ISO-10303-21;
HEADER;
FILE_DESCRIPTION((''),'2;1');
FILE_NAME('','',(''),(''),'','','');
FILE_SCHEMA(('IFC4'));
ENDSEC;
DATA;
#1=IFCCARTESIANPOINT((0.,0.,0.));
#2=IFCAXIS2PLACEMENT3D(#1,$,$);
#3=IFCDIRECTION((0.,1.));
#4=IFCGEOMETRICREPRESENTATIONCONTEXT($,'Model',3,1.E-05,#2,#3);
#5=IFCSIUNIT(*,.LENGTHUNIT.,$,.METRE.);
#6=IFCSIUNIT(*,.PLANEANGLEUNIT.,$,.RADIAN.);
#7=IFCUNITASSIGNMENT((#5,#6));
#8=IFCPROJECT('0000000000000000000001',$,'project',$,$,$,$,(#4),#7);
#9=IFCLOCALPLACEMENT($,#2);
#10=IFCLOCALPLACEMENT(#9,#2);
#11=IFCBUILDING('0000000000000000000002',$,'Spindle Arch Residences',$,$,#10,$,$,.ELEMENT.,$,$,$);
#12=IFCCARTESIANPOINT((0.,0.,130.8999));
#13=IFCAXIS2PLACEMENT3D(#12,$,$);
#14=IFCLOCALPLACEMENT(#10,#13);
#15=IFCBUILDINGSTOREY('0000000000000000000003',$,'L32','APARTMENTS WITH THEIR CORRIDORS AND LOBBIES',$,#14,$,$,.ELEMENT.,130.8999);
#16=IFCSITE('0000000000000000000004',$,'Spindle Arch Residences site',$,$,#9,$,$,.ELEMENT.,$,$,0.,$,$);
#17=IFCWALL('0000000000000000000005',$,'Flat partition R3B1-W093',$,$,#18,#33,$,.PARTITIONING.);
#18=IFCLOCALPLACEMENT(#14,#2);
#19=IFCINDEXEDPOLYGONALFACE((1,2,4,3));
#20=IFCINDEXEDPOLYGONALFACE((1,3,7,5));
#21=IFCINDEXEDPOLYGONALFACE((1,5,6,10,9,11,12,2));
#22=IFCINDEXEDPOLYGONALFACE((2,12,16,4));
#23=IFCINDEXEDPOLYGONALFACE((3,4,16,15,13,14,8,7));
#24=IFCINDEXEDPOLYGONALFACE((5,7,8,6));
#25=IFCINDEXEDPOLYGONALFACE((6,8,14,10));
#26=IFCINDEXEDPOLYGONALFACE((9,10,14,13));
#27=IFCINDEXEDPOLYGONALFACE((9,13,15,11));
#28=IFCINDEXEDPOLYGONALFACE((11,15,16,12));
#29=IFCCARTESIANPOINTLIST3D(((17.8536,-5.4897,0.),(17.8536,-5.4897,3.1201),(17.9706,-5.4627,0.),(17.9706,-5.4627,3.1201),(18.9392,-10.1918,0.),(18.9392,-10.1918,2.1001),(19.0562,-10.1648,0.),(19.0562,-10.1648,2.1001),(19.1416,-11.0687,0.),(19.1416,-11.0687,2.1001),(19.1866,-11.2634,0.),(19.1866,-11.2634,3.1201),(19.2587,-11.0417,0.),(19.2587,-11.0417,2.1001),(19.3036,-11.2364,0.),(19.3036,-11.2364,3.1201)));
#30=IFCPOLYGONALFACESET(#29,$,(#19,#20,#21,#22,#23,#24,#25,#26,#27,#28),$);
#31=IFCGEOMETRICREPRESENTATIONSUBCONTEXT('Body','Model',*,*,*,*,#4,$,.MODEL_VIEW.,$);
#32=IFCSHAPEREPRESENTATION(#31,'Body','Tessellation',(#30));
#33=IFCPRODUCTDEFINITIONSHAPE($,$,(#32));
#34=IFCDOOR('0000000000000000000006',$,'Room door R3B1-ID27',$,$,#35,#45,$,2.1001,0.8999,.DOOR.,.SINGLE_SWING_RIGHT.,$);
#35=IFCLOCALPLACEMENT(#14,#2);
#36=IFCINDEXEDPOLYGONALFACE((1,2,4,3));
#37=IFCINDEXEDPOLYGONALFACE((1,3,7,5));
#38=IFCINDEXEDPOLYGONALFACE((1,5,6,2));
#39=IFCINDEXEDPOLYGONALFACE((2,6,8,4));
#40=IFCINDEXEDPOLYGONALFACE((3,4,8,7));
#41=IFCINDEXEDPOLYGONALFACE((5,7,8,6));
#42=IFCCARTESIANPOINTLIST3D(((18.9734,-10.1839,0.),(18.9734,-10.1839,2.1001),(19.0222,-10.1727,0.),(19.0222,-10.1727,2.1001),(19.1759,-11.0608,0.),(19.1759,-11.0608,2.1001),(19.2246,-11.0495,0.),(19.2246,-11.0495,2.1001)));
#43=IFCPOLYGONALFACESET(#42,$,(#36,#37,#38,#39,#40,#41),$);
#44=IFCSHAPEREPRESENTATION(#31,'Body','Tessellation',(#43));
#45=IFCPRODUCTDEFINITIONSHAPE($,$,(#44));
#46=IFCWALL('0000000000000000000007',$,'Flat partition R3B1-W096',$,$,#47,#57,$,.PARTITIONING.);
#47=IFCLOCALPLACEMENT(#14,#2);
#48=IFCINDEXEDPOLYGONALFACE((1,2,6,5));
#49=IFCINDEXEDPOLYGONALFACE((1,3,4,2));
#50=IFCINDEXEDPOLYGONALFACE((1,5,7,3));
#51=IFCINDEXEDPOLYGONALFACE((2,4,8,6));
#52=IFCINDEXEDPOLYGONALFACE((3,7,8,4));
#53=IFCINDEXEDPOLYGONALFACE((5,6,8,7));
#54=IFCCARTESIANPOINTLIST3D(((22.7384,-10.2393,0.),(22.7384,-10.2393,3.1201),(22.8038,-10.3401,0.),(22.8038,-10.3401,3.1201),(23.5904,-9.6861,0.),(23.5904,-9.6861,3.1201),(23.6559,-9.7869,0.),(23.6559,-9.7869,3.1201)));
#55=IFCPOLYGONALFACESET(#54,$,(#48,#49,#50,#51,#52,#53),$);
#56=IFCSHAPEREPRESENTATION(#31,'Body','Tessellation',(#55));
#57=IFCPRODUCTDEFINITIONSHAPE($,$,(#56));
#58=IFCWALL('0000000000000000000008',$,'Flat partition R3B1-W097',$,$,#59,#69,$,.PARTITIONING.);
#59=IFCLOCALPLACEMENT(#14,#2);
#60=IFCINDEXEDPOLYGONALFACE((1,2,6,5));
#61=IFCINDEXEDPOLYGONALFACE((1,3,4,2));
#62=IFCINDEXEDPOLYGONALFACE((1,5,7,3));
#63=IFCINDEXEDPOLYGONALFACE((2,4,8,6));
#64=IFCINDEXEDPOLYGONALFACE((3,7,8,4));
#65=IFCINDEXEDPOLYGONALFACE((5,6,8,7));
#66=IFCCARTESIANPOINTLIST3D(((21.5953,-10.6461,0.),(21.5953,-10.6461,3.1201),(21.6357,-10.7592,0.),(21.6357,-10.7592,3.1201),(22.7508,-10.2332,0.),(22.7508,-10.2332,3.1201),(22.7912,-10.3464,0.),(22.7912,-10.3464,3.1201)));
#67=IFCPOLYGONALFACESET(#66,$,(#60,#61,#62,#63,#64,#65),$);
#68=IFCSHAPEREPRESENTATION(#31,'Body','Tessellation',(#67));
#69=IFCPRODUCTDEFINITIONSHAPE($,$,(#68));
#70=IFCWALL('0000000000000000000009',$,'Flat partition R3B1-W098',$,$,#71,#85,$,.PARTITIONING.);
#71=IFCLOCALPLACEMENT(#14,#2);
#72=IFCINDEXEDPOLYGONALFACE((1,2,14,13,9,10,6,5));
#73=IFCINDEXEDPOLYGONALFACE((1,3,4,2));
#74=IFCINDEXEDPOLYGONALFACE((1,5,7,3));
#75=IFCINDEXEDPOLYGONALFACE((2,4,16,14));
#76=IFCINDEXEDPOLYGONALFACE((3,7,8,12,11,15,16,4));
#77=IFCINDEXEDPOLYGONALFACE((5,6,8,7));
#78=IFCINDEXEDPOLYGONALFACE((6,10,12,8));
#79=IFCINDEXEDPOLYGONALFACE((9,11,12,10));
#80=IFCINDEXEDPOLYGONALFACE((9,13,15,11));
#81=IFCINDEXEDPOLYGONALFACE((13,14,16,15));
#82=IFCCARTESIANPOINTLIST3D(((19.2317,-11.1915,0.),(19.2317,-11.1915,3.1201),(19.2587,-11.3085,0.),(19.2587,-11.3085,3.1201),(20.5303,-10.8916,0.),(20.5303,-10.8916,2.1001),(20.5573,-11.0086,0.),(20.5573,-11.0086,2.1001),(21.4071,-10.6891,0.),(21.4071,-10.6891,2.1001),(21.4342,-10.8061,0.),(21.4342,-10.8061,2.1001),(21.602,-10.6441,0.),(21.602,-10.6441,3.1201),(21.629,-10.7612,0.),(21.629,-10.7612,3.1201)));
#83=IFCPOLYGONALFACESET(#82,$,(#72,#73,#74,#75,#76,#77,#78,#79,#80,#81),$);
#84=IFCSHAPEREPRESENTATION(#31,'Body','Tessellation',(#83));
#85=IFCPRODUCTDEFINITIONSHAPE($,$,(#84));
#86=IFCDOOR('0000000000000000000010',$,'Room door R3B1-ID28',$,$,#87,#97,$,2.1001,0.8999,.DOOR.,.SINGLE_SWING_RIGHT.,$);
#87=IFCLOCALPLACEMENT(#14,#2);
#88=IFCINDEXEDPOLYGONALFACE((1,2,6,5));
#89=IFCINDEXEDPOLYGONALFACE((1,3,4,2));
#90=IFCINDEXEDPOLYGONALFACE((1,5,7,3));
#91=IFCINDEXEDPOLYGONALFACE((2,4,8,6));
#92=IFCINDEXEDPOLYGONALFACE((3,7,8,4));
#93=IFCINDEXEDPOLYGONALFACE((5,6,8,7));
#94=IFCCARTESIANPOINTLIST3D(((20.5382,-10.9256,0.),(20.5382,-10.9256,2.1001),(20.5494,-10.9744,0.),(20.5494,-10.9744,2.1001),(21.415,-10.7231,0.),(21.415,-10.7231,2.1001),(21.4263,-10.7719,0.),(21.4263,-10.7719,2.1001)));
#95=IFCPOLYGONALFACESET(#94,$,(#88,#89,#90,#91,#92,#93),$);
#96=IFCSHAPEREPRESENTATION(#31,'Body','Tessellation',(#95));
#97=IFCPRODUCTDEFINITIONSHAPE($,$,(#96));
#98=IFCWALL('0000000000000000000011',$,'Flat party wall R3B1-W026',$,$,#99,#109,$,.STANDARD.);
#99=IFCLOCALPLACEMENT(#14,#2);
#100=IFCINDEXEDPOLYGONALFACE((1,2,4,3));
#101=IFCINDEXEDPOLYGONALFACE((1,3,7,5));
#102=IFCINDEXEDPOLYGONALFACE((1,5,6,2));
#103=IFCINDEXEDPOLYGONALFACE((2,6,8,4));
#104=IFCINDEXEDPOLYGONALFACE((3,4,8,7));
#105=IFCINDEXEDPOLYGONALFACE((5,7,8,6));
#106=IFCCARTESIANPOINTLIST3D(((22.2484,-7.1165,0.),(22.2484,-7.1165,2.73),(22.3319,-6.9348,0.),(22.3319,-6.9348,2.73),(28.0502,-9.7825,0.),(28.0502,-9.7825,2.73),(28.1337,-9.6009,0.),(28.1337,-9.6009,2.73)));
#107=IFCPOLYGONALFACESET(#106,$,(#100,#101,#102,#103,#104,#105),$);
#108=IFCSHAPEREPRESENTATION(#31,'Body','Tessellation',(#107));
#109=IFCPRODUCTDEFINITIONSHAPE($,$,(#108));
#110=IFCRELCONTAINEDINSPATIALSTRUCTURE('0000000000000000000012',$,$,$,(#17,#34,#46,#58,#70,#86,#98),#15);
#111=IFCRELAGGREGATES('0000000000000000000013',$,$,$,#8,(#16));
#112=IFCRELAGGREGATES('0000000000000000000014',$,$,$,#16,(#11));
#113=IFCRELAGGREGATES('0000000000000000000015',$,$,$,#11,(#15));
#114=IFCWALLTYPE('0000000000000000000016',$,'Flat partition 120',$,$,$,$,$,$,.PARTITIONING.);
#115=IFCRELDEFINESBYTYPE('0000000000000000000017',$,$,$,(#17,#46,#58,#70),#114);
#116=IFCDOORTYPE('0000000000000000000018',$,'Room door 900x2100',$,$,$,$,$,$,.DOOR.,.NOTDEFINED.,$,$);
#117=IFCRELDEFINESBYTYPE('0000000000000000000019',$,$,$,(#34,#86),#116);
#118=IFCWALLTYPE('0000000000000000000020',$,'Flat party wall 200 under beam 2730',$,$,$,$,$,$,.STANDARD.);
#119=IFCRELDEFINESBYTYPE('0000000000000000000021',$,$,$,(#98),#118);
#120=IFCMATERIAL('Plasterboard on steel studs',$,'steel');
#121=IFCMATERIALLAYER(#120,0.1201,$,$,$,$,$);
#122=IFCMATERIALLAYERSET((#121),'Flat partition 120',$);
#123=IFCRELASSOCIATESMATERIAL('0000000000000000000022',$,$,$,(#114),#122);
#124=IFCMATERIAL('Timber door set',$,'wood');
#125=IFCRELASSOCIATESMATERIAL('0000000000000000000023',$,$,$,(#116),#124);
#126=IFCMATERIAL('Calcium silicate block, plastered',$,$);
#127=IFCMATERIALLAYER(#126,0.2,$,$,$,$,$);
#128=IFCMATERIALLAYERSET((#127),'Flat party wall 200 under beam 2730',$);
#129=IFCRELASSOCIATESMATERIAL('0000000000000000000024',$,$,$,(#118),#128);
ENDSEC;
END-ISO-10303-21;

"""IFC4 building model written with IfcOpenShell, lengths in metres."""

from ifc_helpers import new_model, si_unit, direction, frame, frame_2d, origin, place, context, subcontext, project, spatial, rectangle, extrude, material, layer, layer_set, type_object, element, fill, save


model = new_model("IFC4")

# Units and contexts
model_context = context("Model", 3, precision=1e-05, world=origin(), true_north=direction((0.0, 1.0)))
body_context = subcontext(model_context, "Body", "Model", "MODEL_VIEW")
ifc_project = project(units=[si_unit("LENGTHUNIT", "METRE"), si_unit("PLANEANGLEUNIT", "RADIAN")], contexts=[model_context])

# Site, building, storey
site_placement = place(None, origin())
site = spatial("IfcSite", under=ifc_project, at=site_placement, Name="Spindle Arch Residences site", CompositionType="ELEMENT", RefElevation=0.0)
building_placement = place(site_placement, origin())
building = spatial("IfcBuilding", under=site, at=building_placement, Name="Spindle Arch Residences", CompositionType="ELEMENT")
storey_placement = place(building_placement, frame((0.0, 0.0, 130.8999)))
storey = spatial("IfcBuildingStorey", under=building, at=storey_placement, Name="L32", Description="APARTMENTS WITH THEIR CORRIDORS AND LOBBIES", CompositionType="ELEMENT", Elevation=130.8999)

# Shared definitions
ifc_material_1 = material(Name="Plasterboard on steel studs", Category="steel")
ifc_layer_1 = layer(ifc_material_1, 0.1201)
ifc_layer_set_1 = layer_set([ifc_layer_1], Name="Flat partition 120")
wall_type_1 = type_object("IfcWallType", Name="Flat partition 120", PredefinedType="PARTITIONING", material=ifc_layer_set_1)

# Wall, opening, door
wall_1_placement = place(storey_placement, frame((19.2451, -11.25, 0.0), z_axis=(0.0, 0.0, 1.0), x_axis=(-0.224959, 0.974368, 0.0)))
wall_1 = element("IfcWall", 1, at=wall_1_placement, inside=storey, type_object=wall_type_1, Name="Flat partition R3B1-W093", PredefinedType="PARTITIONING", context=body_context, shape_type="SweptSolid", body=[
    extrude(rectangle(XDim=5.9255, YDim=0.1201, at=frame_2d((2.9629, 0.0))), origin(), (0.0, 0.0, 1.0), 3.1201),
])
opening_1_placement = place(wall_1_placement, frame((0.2, 0.0, 0.0)))
opening_1 = element("IfcOpeningElement", 2, at=opening_1_placement, cuts=wall_1, PredefinedType="OPENING", context=body_context, shape_type="SweptSolid", body=[
    extrude(rectangle(XDim=0.8999, YDim=2.1001, at=frame_2d((0.45, 1.05))), frame((0.0, 0.0701, 0.0), z_axis=(0.0, -1.0, 0.0), x_axis=(1.0, 0.0, 0.0)), (0.0, 0.0, 1.0), 0.1401),
])
ifc_material_2 = material(Name="Timber door set", Category="wood")
door_type = type_object("IfcDoorType", Name="Room door 900x2100", OperationType="NOTDEFINED", PredefinedType="DOOR", material=ifc_material_2)
door_1_placement = place(opening_1_placement, origin())
door_1 = element("IfcDoor", 3, at=door_1_placement, inside=storey, type_object=door_type, Name="Room door R3B1-ID27", OperationType="SINGLE_SWING_RIGHT", OverallHeight=2.1001, OverallWidth=0.8999, PredefinedType="DOOR", context=body_context, shape_type="SweptSolid", body=[
    extrude(rectangle(XDim=0.8999, YDim=2.1001, at=frame_2d((0.45, 1.05))), frame((0.0, 0.0249, 0.0), z_axis=(0.0, -1.0, 0.0), x_axis=(1.0, 0.0, 0.0)), (0.0, 0.0, 1.0), 0.05),
])
fill(opening_1, door_1)

# Walls
wall_2_placement = place(storey_placement, frame((23.623, -9.7366, 0.0), z_axis=(0.0, 0.0, 1.0), x_axis=(-0.838718, -0.544566, 0.0)))
element("IfcWall", 4, at=wall_2_placement, inside=storey, type_object=wall_type_1, Name="Flat partition R3B1-W096", PredefinedType="PARTITIONING", context=body_context, shape_type="SweptSolid", body=[
    extrude(rectangle(XDim=1.0159, YDim=0.1201, at=frame_2d((0.5078, 0.0))), origin(), (0.0, 0.0, 1.0), 3.1201),
])
wall_3_placement = place(storey_placement, frame((22.771, -10.2898, 0.0), z_axis=(0.0, 0.0, 1.0), x_axis=(-0.941701, -0.33645, 0.0)))
element("IfcWall", 5, at=wall_3_placement, inside=storey, type_object=wall_type_1, Name="Flat partition R3B1-W097", PredefinedType="PARTITIONING", context=body_context, shape_type="SweptSolid", body=[
    extrude(rectangle(XDim=1.2271, YDim=0.1201, at=frame_2d((0.6135, 0.0))), origin(), (0.0, 0.0, 1.0), 3.1201),
])

# Wall, opening, door
wall_4_placement = place(storey_placement, frame((21.6155, -10.7026, 0.0), z_axis=(0.0, 0.0, 1.0), x_axis=(-0.974359, -0.224999, 0.0)))
wall_4 = element("IfcWall", 6, at=wall_4_placement, inside=storey, type_object=wall_type_1, Name="Flat partition R3B1-W098", PredefinedType="PARTITIONING", context=body_context, shape_type="SweptSolid", body=[
    extrude(rectangle(XDim=2.4326, YDim=0.1201, at=frame_2d((1.2163, 0.0))), origin(), (0.0, 0.0, 1.0), 3.1201),
])
opening_2_placement = place(wall_4_placement, frame((0.2, 0.0, 0.0)))
opening_2 = element("IfcOpeningElement", 7, at=opening_2_placement, cuts=wall_4, PredefinedType="OPENING", context=body_context, shape_type="SweptSolid", body=[
    extrude(rectangle(XDim=0.8999, YDim=2.1001, at=frame_2d((0.45, 1.05))), frame((0.0, 0.0701, 0.0), z_axis=(0.0, -1.0, 0.0), x_axis=(1.0, 0.0, 0.0)), (0.0, 0.0, 1.0), 0.1401),
])
door_2_placement = place(opening_2_placement, origin())
door_2 = element("IfcDoor", 8, at=door_2_placement, inside=storey, type_object=door_type, Name="Room door R3B1-ID28", OperationType="SINGLE_SWING_RIGHT", OverallHeight=2.1001, OverallWidth=0.8999, PredefinedType="DOOR", context=body_context, shape_type="SweptSolid", body=[
    extrude(rectangle(XDim=0.8999, YDim=2.1001, at=frame_2d((0.45, 1.05))), frame((0.0, 0.0249, 0.0), z_axis=(0.0, -1.0, 0.0), x_axis=(1.0, 0.0, 0.0)), (0.0, 0.0, 1.0), 0.05),
])
fill(opening_2, door_2)

# Wall
ifc_material_3 = material(Name="Calcium silicate block, plastered")
ifc_layer_2 = layer(ifc_material_3, 0.2)
ifc_layer_set_2 = layer_set([ifc_layer_2], Name="Flat party wall 200 under beam 2730")
wall_type_2 = type_object("IfcWallType", Name="Flat party wall 200 under beam 2730", PredefinedType="STANDARD", material=ifc_layer_set_2)
wall_5_placement = place(storey_placement, frame((28.0918, -9.6917, 0.0), z_axis=(0.0, 0.0, 1.0), x_axis=(-0.908656, 0.417545, 0.0)))
element("IfcWall", 9, at=wall_5_placement, inside=storey, type_object=wall_type_2, Name="Flat party wall R3B1-W026", PredefinedType="STANDARD", context=body_context, shape_type="SweptSolid", body=[
    extrude(rectangle(XDim=6.385, YDim=0.2, at=frame_2d((3.1924, 0.0))), origin(), (0.0, 0.0, 1.0), 2.73),
])

save(model, "model.ifc")
